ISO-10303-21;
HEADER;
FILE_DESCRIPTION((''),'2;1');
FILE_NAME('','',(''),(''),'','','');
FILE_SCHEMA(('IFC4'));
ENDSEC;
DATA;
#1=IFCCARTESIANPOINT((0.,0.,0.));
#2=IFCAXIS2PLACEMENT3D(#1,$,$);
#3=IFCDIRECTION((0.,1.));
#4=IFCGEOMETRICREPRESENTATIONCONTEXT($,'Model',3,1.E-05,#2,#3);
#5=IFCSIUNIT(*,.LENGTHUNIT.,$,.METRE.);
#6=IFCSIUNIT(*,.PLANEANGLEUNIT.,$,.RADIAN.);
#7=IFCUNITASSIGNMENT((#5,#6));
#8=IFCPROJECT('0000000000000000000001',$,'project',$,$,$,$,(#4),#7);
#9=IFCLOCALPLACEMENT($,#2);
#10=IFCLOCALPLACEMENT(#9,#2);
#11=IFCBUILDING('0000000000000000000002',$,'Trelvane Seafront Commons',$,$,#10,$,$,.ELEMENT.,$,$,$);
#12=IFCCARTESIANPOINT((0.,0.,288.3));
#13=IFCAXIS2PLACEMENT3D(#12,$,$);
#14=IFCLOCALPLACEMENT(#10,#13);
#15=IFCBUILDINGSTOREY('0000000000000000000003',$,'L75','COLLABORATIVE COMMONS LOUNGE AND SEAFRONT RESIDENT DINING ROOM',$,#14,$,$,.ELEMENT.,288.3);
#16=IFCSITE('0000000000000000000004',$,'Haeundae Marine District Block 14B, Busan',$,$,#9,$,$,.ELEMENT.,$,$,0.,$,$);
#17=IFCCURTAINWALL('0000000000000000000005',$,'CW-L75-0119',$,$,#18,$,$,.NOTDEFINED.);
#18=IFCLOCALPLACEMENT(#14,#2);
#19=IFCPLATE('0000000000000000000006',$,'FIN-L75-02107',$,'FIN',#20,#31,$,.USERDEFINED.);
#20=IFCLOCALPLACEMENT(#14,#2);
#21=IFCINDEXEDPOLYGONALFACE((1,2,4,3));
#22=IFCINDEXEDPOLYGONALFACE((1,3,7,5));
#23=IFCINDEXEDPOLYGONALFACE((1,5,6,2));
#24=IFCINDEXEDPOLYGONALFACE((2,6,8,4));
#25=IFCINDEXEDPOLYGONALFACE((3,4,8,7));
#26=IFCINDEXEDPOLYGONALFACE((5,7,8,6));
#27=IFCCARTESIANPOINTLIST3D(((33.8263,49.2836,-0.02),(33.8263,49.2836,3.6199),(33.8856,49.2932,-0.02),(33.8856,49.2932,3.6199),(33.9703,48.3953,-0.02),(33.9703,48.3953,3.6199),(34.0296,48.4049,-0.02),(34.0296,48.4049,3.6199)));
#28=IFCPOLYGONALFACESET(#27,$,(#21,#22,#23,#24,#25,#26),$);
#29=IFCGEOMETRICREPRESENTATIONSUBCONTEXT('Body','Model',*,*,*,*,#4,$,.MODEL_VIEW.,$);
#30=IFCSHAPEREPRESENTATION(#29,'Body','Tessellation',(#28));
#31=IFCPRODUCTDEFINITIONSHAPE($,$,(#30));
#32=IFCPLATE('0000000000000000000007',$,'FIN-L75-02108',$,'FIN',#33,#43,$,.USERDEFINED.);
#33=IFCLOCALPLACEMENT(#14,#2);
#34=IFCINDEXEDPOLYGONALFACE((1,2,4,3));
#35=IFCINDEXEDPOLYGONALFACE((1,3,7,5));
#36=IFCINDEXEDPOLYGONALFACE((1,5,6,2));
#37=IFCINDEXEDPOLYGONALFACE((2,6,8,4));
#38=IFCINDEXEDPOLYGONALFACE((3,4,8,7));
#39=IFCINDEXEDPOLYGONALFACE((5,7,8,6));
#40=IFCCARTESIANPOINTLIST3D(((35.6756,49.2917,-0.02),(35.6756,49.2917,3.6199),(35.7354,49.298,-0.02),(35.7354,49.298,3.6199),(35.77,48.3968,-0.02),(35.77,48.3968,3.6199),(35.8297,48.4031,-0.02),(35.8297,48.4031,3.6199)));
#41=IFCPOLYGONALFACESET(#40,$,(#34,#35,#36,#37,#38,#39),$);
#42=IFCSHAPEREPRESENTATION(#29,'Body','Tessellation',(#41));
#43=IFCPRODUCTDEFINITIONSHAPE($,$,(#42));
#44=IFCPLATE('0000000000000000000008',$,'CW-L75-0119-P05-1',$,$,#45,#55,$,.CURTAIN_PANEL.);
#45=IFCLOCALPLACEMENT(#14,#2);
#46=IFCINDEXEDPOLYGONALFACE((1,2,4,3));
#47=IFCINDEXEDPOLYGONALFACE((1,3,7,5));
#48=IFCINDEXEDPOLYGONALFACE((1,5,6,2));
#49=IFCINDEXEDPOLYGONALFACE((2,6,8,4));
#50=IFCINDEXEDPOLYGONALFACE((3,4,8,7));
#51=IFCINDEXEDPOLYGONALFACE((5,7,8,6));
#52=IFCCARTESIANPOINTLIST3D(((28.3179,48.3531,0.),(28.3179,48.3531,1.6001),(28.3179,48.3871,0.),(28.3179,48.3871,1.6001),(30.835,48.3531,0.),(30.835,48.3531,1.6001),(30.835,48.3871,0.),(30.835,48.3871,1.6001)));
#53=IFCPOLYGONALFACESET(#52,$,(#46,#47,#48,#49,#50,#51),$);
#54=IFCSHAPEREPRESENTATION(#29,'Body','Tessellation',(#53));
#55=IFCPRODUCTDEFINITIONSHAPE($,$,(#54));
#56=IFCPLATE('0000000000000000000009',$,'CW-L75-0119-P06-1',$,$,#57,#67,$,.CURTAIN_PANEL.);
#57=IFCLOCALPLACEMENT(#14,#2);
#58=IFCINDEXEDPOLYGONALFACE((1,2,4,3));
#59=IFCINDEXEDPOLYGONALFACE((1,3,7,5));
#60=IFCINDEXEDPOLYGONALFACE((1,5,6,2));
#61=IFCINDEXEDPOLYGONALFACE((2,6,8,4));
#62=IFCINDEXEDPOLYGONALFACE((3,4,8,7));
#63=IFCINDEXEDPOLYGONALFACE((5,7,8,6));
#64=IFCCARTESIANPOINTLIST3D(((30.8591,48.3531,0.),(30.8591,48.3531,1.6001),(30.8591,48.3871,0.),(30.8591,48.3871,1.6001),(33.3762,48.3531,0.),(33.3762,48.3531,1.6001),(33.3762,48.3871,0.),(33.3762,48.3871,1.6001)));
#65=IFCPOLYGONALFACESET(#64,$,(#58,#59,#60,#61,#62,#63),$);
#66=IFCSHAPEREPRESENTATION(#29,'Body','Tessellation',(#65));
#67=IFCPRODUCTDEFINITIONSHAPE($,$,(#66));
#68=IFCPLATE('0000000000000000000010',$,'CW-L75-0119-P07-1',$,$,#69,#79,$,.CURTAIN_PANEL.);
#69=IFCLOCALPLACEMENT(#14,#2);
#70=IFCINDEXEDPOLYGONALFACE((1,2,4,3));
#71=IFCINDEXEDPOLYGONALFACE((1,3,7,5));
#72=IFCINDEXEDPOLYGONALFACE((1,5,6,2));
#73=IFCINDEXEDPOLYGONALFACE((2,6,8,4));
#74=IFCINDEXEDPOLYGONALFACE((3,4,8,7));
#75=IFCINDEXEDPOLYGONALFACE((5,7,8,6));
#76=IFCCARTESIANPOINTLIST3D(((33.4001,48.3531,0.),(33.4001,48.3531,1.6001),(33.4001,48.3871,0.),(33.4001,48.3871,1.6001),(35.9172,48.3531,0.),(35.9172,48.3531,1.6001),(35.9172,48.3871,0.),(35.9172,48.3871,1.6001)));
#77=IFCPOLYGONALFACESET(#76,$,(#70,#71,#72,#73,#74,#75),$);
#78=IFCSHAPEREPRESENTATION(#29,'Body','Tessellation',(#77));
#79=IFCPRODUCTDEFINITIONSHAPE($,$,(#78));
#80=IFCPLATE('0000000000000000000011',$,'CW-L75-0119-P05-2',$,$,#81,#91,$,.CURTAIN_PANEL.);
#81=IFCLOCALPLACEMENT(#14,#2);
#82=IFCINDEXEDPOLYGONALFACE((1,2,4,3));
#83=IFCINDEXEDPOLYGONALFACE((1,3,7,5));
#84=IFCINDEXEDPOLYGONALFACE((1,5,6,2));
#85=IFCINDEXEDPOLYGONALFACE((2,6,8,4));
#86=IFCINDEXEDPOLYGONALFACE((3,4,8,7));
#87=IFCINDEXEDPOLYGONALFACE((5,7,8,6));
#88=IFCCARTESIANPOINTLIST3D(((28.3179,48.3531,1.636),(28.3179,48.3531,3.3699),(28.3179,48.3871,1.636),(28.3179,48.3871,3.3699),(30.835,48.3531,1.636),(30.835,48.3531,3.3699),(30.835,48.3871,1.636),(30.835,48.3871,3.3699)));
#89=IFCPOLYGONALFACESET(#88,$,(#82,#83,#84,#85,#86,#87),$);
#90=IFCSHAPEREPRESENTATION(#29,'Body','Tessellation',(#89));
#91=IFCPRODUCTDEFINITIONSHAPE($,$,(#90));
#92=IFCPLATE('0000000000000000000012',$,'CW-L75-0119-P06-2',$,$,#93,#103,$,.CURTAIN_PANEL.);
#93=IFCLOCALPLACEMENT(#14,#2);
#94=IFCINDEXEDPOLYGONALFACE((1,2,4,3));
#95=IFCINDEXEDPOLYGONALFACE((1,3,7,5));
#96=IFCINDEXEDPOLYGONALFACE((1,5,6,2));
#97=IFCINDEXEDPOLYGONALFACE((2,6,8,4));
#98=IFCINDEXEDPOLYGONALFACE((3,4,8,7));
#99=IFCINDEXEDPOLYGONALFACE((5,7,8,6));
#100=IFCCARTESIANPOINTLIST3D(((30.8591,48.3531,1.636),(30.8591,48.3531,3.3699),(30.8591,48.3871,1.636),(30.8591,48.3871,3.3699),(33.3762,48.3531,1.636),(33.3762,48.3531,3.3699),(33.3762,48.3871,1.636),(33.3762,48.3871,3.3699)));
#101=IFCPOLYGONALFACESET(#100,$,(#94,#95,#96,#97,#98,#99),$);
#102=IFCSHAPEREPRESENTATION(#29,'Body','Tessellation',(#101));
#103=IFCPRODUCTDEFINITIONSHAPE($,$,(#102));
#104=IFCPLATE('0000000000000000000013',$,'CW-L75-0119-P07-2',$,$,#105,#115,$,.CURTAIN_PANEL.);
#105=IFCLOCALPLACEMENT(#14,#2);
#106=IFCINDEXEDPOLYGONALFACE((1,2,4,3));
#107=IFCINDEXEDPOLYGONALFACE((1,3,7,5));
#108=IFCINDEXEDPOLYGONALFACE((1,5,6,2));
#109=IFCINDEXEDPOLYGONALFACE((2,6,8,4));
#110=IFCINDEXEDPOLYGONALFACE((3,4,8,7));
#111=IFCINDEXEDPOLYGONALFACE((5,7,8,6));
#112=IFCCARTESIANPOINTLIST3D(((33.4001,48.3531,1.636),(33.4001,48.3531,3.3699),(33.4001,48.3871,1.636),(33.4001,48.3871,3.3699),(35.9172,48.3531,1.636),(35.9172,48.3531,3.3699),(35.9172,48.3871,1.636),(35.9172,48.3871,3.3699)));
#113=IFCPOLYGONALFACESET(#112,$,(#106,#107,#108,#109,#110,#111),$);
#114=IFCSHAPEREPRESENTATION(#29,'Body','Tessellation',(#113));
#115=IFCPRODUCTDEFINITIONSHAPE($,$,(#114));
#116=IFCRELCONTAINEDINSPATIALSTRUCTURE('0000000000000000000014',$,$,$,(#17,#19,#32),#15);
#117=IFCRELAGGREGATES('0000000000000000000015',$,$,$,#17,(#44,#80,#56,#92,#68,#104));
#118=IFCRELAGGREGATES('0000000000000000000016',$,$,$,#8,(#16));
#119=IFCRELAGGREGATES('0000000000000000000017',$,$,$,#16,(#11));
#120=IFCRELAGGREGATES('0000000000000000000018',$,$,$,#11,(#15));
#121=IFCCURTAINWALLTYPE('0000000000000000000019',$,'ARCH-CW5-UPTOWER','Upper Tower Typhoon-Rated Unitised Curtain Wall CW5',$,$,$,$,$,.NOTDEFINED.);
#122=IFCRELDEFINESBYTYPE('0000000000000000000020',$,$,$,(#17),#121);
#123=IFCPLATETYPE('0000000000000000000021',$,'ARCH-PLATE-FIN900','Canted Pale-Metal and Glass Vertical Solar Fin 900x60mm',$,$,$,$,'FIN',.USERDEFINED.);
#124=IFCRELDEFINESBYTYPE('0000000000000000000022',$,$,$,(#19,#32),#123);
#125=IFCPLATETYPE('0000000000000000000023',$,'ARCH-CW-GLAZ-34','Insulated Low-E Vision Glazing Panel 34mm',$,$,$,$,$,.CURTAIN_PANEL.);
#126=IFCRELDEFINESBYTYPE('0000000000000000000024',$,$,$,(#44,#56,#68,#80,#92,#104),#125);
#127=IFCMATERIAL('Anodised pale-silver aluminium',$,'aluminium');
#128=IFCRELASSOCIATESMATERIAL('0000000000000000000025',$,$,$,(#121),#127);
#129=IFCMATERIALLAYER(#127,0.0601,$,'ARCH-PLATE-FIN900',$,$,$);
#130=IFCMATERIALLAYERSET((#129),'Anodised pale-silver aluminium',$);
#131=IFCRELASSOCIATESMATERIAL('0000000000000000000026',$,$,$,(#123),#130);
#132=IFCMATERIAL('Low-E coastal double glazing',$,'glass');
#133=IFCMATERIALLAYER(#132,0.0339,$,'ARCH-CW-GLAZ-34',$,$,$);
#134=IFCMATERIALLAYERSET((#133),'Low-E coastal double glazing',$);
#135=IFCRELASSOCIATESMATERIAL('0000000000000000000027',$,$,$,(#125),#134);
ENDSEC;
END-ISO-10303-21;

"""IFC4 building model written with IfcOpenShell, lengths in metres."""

from ifc_helpers import new_model, si_unit, direction, frame, origin, origin_2d, place, context, subcontext, project, spatial, rectangle, extrude, source, transform, mapped, material, layer, layer_set, type_object, element, aggregate, save


model = new_model("IFC4")

# Units and contexts
model_context = context("Model", 3, precision=1e-05, world=origin(), true_north=direction((0.0, 1.0)))
body_context = subcontext(model_context, "Body", "Model", "MODEL_VIEW")
ifc_project = project(units=[si_unit("LENGTHUNIT", "METRE"), si_unit("PLANEANGLEUNIT", "RADIAN")], contexts=[model_context])

# Site, building, storey
site_placement = place(None, origin())
site = spatial("IfcSite", under=ifc_project, at=site_placement, Name="Haeundae Marine District Block 14B, Busan", CompositionType="ELEMENT", RefElevation=0.0)
building_placement = place(site_placement, origin())
building = spatial("IfcBuilding", under=site, at=building_placement, Name="Trelvane Seafront Commons", CompositionType="ELEMENT")
storey_placement = place(building_placement, frame((0.0, 0.0, 288.3)))
storey = spatial("IfcBuildingStorey", under=building, at=storey_placement, Name="L75", Description="COLLABORATIVE COMMONS LOUNGE AND SEAFRONT RESIDENT DINING ROOM", CompositionType="ELEMENT", Elevation=288.3)

# Curtain wall
ifc_material_1 = material(Name="Anodised pale-silver aluminium", Category="aluminium")
curtain_wall_type = type_object("IfcCurtainWallType", Name="ARCH-CW5-UPTOWER", Description="Upper Tower Typhoon-Rated Unitised Curtain Wall CW5", PredefinedType="NOTDEFINED", material=ifc_material_1)
curtain_wall_placement = place(storey_placement, origin())
curtain_wall = element("IfcCurtainWall", 1, at=curtain_wall_placement, inside=storey, type_object=curtain_wall_type, Name="CW-L75-0119", PredefinedType="NOTDEFINED")

# Plates
ifc_layer_1 = layer(ifc_material_1, 0.0601, Name="ARCH-PLATE-FIN900")
ifc_layer_set_1 = layer_set([ifc_layer_1], Name="Anodised pale-silver aluminium")
plate_type_1 = type_object("IfcPlateType", Name="ARCH-PLATE-FIN900", Description="Canted Pale-Metal and Glass Vertical Solar Fin 900x60mm", ElementType="FIN", PredefinedType="USERDEFINED", material=ifc_layer_set_1)
shared_shape_1 = source(origin(), body_context, "Body", "SweptSolid", [
    extrude(rectangle(XDim=0.8999, YDim=0.0601, at=origin_2d()), origin(), (0.0, 0.0, 1.0), 3.6399),
])
for number, where, z_axis, x_axis, name in (
    (2, (33.928, 48.8442, -0.02), (0.0, 0.0, 1.0), (-0.160002, 0.987117, 0.0), "FIN-L75-02107"),
    (3, (35.7527, 48.8474, -0.02), (0.0, 0.0, 1.0), (-0.104893, 0.994484, 0.0), "FIN-L75-02108"),
):
    element("IfcPlate", number, at=place(storey_placement, frame(where, z_axis=z_axis, x_axis=x_axis)), inside=storey, type_object=plate_type_1, Name=name, ObjectType="FIN", PredefinedType="USERDEFINED", context=body_context, shape_type="MappedRepresentation", body=[
        mapped(shared_shape_1, transform((0.0, 0.0, 0.0), x_axis=(1.0, 0.0, 0.0), y_axis=(0.0, 1.0, 0.0), z_axis=(0.0, 0.0, 1.0), scale=1.0)),
    ])

# Plates
ifc_material_2 = material(Name="Low-E coastal double glazing", Category="glass")
ifc_layer_2 = layer(ifc_material_2, 0.0339, Name="ARCH-CW-GLAZ-34")
ifc_layer_set_2 = layer_set([ifc_layer_2], Name="Low-E coastal double glazing")
plate_type_2 = type_object("IfcPlateType", Name="ARCH-CW-GLAZ-34", Description="Insulated Low-E Vision Glazing Panel 34mm", PredefinedType="CURTAIN_PANEL", material=ifc_layer_set_2)
shared_shape_2 = source(origin(), body_context, "Body", "SweptSolid", [
    extrude(rectangle(XDim=2.5171, YDim=0.0339, at=origin_2d()), origin(), (0.0, 0.0, 1.0), 1.6001),
])
plate_1_placement = place(storey_placement, frame((29.5764, 48.3701, 0.0), z_axis=(0.0, 0.0, 1.0), x_axis=(1.0, 0.0, 0.0)))
plate_1 = element("IfcPlate", 4, at=plate_1_placement, type_object=plate_type_2, Name="CW-L75-0119-P05-1", PredefinedType="CURTAIN_PANEL", context=body_context, shape_type="MappedRepresentation", body=[
    mapped(shared_shape_2, transform((0.0, 0.0, 0.0), x_axis=(1.0, 0.0, 0.0), y_axis=(0.0, 1.0, 0.0), z_axis=(0.0, 0.0, 1.0), scale=1.0)),
])
plate_2_placement = place(storey_placement, frame((32.1177, 48.3701, 0.0), z_axis=(0.0, 0.0, 1.0), x_axis=(1.0, 0.0, 0.0)))
plate_2 = element("IfcPlate", 5, at=plate_2_placement, type_object=plate_type_2, Name="CW-L75-0119-P06-1", PredefinedType="CURTAIN_PANEL", context=body_context, shape_type="MappedRepresentation", body=[
    mapped(shared_shape_2, transform((0.0, 0.0, 0.0), x_axis=(1.0, 0.0, 0.0), y_axis=(0.0, 1.0, 0.0), z_axis=(0.0, 0.0, 1.0), scale=1.0)),
])
plate_3_placement = place(storey_placement, frame((34.6587, 48.3701, 0.0), z_axis=(0.0, 0.0, 1.0), x_axis=(1.0, 0.0, 0.0)))
plate_3 = element("IfcPlate", 6, at=plate_3_placement, type_object=plate_type_2, Name="CW-L75-0119-P07-1", PredefinedType="CURTAIN_PANEL", context=body_context, shape_type="MappedRepresentation", body=[
    mapped(shared_shape_2, transform((0.0, 0.0, 0.0), x_axis=(1.0, 0.0, 0.0), y_axis=(0.0, 1.0, 0.0), z_axis=(0.0, 0.0, 1.0), scale=1.0)),
])
shared_shape_3 = source(origin(), body_context, "Body", "SweptSolid", [
    extrude(rectangle(XDim=2.5171, YDim=0.0339, at=origin_2d()), origin(), (0.0, 0.0, 1.0), 1.7339),
])
plate_4_placement = place(storey_placement, frame((29.5764, 48.3701, 1.636), z_axis=(0.0, 0.0, 1.0), x_axis=(1.0, 0.0, 0.0)))
plate_4 = element("IfcPlate", 7, at=plate_4_placement, type_object=plate_type_2, Name="CW-L75-0119-P05-2", PredefinedType="CURTAIN_PANEL", context=body_context, shape_type="MappedRepresentation", body=[
    mapped(shared_shape_3, transform((0.0, 0.0, 0.0), x_axis=(1.0, 0.0, 0.0), y_axis=(0.0, 1.0, 0.0), z_axis=(0.0, 0.0, 1.0), scale=1.0)),
])
plate_5_placement = place(storey_placement, frame((32.1177, 48.3701, 1.636), z_axis=(0.0, 0.0, 1.0), x_axis=(1.0, 0.0, 0.0)))
plate_5 = element("IfcPlate", 8, at=plate_5_placement, type_object=plate_type_2, Name="CW-L75-0119-P06-2", PredefinedType="CURTAIN_PANEL", context=body_context, shape_type="MappedRepresentation", body=[
    mapped(shared_shape_3, transform((0.0, 0.0, 0.0), x_axis=(1.0, 0.0, 0.0), y_axis=(0.0, 1.0, 0.0), z_axis=(0.0, 0.0, 1.0), scale=1.0)),
])
plate_6_placement = place(storey_placement, frame((34.6587, 48.3701, 1.636), z_axis=(0.0, 0.0, 1.0), x_axis=(1.0, 0.0, 0.0)))
plate_6 = element("IfcPlate", 9, at=plate_6_placement, type_object=plate_type_2, Name="CW-L75-0119-P07-2", PredefinedType="CURTAIN_PANEL", context=body_context, shape_type="MappedRepresentation", body=[
    mapped(shared_shape_3, transform((0.0, 0.0, 0.0), x_axis=(1.0, 0.0, 0.0), y_axis=(0.0, 1.0, 0.0), z_axis=(0.0, 0.0, 1.0), scale=1.0)),
])
aggregate(curtain_wall, [plate_1, plate_4, plate_2, plate_5, plate_3, plate_6])

save(model, "model.ifc")
